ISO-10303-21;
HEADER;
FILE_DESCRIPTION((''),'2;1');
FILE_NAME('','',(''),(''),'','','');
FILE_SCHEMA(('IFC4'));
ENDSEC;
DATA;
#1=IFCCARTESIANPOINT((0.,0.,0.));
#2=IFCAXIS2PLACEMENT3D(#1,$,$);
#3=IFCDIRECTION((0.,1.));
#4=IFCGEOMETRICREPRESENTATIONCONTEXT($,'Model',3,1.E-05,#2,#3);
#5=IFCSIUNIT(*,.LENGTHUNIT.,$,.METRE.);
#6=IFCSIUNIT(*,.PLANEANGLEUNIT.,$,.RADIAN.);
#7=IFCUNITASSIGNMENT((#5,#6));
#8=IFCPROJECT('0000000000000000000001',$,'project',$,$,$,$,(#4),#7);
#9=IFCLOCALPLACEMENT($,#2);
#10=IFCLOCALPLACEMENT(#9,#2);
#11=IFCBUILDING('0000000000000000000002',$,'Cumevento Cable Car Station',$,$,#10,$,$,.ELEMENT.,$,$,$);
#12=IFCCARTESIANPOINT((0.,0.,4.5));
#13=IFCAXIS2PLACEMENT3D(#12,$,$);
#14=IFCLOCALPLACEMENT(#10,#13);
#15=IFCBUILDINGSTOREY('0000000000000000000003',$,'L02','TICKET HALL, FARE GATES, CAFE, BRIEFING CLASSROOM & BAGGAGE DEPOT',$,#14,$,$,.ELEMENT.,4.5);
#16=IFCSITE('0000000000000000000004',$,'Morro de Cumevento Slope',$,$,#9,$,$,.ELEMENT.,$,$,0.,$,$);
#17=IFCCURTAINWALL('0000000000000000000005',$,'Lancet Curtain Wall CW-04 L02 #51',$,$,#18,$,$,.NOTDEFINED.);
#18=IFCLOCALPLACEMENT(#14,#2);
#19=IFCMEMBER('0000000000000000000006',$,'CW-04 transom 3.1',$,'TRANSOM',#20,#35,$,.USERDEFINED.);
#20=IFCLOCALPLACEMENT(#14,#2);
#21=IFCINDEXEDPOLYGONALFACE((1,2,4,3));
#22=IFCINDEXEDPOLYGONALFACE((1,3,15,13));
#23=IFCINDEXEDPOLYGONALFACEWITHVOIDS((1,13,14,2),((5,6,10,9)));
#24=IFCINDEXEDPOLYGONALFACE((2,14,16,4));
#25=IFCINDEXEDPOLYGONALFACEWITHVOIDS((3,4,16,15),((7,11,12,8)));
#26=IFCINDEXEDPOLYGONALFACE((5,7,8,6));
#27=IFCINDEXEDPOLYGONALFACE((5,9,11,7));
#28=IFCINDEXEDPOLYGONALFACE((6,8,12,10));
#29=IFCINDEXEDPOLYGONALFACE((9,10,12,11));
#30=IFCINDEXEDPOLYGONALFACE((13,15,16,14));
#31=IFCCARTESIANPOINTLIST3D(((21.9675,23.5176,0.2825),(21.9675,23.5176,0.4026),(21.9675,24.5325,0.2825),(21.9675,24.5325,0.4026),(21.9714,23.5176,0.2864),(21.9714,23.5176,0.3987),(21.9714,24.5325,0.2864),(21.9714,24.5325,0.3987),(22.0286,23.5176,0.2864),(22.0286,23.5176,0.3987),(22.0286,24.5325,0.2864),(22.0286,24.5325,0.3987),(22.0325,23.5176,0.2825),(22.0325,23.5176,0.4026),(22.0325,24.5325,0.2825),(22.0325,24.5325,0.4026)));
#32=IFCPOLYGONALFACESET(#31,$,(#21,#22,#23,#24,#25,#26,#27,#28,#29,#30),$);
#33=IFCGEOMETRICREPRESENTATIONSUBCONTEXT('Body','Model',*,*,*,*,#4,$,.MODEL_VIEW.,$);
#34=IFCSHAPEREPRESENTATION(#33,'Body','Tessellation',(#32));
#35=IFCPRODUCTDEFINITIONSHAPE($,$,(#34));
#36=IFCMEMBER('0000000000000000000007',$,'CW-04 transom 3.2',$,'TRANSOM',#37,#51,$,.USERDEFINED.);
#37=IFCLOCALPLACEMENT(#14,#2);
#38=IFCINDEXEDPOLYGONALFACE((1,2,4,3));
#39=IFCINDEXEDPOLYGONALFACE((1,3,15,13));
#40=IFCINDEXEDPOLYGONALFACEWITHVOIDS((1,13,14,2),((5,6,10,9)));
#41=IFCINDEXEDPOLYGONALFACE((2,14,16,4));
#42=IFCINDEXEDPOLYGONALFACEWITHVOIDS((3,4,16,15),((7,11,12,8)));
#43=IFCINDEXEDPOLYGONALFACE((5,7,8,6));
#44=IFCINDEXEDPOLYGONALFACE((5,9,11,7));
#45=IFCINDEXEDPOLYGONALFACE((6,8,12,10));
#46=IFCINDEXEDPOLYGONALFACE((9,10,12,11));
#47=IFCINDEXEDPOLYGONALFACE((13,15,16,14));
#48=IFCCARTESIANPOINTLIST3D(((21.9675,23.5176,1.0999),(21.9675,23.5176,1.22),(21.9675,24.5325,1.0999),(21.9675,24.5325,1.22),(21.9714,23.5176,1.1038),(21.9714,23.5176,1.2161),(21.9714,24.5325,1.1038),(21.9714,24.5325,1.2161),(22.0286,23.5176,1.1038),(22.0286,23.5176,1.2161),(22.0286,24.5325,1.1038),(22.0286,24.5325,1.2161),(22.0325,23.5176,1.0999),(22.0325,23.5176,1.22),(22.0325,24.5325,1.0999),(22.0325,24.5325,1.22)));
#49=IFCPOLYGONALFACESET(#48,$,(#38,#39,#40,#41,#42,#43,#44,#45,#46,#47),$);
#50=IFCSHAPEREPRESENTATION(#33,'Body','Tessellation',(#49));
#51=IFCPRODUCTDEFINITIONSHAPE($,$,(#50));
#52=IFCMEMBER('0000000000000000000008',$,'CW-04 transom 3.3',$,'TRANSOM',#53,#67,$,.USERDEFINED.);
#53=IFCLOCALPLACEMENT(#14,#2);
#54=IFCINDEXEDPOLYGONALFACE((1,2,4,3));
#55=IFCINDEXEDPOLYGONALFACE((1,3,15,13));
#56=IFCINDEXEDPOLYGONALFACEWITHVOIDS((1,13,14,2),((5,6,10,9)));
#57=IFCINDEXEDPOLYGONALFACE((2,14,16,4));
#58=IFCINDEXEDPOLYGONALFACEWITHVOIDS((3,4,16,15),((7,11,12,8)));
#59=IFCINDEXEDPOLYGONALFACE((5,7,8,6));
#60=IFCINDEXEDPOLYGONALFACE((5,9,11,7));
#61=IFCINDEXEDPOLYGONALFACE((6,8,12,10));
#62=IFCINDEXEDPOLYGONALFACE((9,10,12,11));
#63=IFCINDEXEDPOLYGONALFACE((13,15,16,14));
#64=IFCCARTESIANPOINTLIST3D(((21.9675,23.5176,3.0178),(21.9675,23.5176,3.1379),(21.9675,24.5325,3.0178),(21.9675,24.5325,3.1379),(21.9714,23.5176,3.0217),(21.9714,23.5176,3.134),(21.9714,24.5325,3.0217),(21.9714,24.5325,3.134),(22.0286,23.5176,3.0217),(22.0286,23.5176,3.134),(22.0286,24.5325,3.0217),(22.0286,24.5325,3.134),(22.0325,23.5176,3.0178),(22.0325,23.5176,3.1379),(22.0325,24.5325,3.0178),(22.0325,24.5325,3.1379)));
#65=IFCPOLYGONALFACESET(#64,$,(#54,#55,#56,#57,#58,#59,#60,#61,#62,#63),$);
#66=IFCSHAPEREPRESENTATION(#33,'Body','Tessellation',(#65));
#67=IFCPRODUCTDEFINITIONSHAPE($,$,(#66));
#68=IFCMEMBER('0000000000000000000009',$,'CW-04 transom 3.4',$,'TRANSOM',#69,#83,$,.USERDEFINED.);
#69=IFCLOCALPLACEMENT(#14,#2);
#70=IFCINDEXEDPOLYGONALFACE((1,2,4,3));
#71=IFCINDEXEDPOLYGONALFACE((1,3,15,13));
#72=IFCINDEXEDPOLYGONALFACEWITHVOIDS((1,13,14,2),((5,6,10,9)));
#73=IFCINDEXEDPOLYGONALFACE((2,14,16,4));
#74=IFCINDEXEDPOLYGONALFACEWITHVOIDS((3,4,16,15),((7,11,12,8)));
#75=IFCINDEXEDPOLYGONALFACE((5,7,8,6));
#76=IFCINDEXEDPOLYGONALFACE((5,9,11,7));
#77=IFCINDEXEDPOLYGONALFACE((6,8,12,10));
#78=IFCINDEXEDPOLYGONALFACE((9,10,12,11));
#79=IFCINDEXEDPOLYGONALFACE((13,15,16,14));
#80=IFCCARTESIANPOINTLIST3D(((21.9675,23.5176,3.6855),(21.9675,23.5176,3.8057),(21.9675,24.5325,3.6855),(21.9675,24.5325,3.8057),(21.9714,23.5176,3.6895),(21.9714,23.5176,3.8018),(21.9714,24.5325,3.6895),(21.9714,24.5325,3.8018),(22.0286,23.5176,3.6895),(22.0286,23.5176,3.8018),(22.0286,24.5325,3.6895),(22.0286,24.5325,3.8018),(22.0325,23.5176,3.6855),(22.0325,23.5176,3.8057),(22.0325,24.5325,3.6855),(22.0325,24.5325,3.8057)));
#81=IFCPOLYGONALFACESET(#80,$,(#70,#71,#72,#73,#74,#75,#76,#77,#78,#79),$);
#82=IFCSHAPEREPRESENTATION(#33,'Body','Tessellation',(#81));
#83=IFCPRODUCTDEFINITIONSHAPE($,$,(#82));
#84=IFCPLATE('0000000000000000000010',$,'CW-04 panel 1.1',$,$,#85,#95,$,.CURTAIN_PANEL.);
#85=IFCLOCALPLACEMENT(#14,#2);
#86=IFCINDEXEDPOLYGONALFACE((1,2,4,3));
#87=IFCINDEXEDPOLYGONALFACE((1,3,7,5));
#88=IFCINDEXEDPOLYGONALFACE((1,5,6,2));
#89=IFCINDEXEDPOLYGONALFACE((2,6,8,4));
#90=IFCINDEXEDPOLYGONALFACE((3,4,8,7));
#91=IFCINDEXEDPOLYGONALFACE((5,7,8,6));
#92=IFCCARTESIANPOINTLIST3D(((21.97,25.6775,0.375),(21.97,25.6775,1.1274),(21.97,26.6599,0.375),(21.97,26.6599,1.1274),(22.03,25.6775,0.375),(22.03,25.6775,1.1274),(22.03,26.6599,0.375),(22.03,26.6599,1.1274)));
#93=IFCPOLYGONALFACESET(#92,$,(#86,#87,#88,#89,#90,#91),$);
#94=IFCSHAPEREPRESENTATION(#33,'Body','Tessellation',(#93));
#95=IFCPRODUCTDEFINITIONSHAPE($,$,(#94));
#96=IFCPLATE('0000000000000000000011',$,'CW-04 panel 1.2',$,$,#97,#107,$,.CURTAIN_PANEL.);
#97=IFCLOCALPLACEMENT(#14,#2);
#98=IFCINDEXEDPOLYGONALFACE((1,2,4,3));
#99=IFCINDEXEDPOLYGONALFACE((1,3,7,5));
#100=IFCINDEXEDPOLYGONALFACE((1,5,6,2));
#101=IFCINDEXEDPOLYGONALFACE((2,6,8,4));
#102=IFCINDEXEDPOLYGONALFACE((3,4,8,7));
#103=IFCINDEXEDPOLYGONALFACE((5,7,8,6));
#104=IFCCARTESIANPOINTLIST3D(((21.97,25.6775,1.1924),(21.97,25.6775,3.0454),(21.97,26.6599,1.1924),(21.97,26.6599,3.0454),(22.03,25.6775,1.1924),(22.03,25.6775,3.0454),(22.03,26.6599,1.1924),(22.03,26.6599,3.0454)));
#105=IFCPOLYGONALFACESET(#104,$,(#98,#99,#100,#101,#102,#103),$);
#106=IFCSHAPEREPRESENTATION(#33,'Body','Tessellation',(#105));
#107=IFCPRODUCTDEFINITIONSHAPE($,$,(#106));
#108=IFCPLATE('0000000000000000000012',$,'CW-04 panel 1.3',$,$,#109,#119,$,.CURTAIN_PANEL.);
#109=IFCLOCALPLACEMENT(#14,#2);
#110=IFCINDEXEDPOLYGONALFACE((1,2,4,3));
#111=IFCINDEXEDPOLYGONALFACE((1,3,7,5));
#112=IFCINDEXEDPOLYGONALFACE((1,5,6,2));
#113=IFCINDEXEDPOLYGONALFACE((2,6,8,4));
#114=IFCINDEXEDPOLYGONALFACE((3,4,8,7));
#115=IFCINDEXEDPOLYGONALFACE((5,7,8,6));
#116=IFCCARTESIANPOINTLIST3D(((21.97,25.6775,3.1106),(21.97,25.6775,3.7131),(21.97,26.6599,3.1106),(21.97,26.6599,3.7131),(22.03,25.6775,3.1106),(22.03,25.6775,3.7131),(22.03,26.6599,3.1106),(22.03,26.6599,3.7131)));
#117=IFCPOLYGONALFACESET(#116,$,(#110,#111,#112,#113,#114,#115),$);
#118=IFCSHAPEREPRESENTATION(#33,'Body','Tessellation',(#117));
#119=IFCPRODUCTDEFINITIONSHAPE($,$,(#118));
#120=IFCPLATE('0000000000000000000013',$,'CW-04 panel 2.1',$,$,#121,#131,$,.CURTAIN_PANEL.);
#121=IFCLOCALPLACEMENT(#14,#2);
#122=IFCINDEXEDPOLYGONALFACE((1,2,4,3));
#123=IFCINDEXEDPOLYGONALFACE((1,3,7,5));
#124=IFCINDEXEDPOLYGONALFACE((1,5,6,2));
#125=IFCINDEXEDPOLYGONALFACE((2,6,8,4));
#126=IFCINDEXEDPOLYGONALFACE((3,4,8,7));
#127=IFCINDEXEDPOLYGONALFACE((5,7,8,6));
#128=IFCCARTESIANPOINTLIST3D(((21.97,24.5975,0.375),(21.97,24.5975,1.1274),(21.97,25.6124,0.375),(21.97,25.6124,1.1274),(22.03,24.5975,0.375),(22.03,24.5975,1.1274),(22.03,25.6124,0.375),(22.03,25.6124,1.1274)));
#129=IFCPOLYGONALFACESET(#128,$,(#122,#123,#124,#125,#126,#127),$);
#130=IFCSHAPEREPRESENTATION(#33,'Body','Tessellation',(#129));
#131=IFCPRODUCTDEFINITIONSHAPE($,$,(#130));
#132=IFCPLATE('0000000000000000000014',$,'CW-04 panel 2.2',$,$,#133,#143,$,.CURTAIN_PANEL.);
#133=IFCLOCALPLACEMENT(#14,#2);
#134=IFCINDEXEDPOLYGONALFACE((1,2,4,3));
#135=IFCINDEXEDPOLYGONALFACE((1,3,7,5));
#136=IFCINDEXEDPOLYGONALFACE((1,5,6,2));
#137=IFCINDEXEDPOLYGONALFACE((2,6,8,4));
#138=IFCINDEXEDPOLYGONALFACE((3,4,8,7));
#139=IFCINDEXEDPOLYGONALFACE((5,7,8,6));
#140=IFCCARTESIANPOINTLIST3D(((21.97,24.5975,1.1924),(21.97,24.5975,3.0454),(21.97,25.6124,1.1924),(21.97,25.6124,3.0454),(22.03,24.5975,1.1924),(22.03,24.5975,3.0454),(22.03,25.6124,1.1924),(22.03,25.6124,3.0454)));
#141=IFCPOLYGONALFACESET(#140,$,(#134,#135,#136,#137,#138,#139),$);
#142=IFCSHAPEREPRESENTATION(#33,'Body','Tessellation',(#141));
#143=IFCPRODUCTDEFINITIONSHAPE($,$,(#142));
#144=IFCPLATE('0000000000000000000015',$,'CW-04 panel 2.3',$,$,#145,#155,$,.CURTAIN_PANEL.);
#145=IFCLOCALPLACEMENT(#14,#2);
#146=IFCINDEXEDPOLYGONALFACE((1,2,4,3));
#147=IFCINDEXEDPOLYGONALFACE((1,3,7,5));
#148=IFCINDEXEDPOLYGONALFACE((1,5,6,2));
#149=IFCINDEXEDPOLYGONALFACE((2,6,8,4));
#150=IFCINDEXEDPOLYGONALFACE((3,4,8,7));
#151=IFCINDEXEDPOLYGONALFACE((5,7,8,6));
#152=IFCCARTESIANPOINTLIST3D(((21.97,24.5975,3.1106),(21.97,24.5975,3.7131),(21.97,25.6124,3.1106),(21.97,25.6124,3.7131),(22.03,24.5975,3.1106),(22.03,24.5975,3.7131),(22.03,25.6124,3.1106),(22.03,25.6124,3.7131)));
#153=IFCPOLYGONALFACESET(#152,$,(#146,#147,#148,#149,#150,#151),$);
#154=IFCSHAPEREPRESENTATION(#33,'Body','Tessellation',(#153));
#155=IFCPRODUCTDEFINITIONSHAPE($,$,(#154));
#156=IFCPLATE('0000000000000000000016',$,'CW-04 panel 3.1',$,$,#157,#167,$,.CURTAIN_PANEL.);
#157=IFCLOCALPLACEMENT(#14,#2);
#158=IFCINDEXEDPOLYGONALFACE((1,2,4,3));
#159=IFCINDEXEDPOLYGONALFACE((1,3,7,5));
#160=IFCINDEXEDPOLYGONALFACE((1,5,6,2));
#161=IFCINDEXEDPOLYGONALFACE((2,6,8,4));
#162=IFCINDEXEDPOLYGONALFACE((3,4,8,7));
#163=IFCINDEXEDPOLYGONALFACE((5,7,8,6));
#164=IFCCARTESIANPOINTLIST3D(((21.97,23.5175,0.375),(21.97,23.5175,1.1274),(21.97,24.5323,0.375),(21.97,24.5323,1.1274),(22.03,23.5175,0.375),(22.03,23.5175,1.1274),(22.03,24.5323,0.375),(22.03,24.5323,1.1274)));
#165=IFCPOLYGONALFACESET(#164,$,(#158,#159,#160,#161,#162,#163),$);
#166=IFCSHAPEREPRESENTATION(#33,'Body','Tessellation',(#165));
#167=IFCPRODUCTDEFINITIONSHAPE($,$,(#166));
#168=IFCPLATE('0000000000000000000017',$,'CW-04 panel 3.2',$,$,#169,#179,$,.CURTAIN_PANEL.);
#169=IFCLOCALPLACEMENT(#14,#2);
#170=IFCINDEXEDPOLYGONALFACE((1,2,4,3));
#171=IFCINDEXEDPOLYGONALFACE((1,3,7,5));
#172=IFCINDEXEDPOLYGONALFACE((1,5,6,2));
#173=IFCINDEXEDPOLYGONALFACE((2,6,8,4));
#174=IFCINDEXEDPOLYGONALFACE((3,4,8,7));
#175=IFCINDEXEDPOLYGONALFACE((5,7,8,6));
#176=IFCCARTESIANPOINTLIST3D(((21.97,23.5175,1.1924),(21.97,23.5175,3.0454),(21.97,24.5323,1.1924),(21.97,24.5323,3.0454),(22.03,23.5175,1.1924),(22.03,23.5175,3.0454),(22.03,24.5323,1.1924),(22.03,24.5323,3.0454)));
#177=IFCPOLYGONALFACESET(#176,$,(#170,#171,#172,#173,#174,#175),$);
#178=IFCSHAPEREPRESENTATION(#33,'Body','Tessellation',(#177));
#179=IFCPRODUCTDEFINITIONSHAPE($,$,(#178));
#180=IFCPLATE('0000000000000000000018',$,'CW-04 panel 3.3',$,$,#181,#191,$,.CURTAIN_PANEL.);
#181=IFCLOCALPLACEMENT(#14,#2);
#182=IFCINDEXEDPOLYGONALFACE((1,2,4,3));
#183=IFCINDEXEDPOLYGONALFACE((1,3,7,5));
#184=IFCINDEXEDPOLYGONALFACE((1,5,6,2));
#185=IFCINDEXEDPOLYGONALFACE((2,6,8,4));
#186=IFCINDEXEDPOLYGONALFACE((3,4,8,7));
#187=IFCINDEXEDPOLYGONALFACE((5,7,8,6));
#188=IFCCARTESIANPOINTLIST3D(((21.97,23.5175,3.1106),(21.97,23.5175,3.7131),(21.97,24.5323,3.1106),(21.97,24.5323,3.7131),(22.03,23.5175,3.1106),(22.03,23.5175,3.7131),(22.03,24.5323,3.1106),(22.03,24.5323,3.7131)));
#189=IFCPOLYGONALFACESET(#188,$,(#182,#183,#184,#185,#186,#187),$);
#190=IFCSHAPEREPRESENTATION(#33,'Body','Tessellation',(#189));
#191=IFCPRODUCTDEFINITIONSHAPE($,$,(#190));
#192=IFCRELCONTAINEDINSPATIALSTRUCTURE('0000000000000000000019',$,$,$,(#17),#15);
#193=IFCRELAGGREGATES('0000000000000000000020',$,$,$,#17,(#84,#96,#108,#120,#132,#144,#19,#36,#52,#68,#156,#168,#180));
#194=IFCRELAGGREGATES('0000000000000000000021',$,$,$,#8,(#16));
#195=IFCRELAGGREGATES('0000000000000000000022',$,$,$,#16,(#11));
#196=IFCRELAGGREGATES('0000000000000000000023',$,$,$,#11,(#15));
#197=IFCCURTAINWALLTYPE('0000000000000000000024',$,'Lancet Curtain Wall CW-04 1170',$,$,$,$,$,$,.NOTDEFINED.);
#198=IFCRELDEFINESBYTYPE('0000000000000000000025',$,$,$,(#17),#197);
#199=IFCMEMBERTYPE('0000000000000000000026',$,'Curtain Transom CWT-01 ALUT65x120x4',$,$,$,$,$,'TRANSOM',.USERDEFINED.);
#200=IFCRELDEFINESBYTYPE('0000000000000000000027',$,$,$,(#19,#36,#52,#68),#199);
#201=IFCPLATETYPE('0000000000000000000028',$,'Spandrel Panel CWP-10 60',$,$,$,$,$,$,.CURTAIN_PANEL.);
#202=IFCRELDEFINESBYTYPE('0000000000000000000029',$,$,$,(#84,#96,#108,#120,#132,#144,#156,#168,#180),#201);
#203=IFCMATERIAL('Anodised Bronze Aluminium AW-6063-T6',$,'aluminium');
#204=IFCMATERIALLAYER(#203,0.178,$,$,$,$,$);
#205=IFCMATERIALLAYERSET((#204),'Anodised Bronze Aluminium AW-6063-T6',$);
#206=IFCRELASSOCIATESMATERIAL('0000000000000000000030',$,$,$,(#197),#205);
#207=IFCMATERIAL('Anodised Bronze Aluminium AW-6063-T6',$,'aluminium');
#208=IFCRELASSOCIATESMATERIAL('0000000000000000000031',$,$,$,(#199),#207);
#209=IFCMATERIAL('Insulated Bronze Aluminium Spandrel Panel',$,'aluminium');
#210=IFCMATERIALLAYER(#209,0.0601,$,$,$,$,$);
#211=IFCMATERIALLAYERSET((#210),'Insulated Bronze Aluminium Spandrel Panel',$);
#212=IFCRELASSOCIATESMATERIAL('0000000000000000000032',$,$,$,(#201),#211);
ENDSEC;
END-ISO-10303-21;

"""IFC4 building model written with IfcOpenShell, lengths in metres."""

from ifc_helpers import new_model, si_unit, direction, frame, origin, origin_2d, place, context, subcontext, project, spatial, rectangle, hollow_rectangle, extrude, material, layer, layer_set, material_profile, profile_set, type_object, element, aggregate, save


model = new_model("IFC4")

# Units and contexts
model_context = context("Model", 3, precision=1e-05, world=origin(), true_north=direction((0.0, 1.0)))
body_context = subcontext(model_context, "Body", "Model", "MODEL_VIEW")
ifc_project = project(units=[si_unit("LENGTHUNIT", "METRE"), si_unit("PLANEANGLEUNIT", "RADIAN")], contexts=[model_context])

# Site, building, storey
site_placement = place(None, origin())
site = spatial("IfcSite", under=ifc_project, at=site_placement, Name="Morro de Cumevento Slope", CompositionType="ELEMENT", RefElevation=0.0)
building_placement = place(site_placement, origin())
building = spatial("IfcBuilding", under=site, at=building_placement, Name="Cumevento Cable Car Station", CompositionType="ELEMENT")
storey_placement = place(building_placement, frame((0.0, 0.0, 4.5)))
storey = spatial("IfcBuildingStorey", under=building, at=storey_placement, Name="L02", Description="TICKET HALL, FARE GATES, CAFE, BRIEFING CLASSROOM & BAGGAGE DEPOT", CompositionType="ELEMENT", Elevation=4.5)

# Curtain wall, members, plates
ifc_material_1 = material(Name="Anodised Bronze Aluminium AW-6063-T6", Category="aluminium")
ifc_layer_1 = layer(ifc_material_1, 0.178)
ifc_layer_set_1 = layer_set([ifc_layer_1], Name="Anodised Bronze Aluminium AW-6063-T6")
curtain_wall_type = type_object("IfcCurtainWallType", Name="Lancet Curtain Wall CW-04 1170", PredefinedType="NOTDEFINED", material=ifc_layer_set_1)
curtain_wall_placement = place(storey_placement, origin())
curtain_wall = element("IfcCurtainWall", 1, at=curtain_wall_placement, inside=storey, type_object=curtain_wall_type, Name="Lancet Curtain Wall CW-04 L02 #51", PredefinedType="NOTDEFINED")
ifc_material_2 = material(Name="Anodised Bronze Aluminium AW-6063-T6", Category="aluminium")
ifc_material_profile_1 = material_profile(ifc_material_2, hollow_rectangle(XDim=0.0649, YDim=0.1201, WallThickness=0.0039, at=origin_2d()), Name="ALUT65x120x4")
ifc_profile_set_1 = profile_set([ifc_material_profile_1], Name="Anodised Bronze Aluminium AW-6063-T6")
member_type_1 = type_object("IfcMemberType", Name="Curtain Transom CWT-01 ALUT65x120x4", ElementType="TRANSOM", PredefinedType="USERDEFINED", material=ifc_profile_set_1)
member_1_placement = place(storey_placement, frame((22.0, 24.5325, 0.3425), z_axis=(0.0, -1.0, 0.0), x_axis=(1.0, 0.0, 0.0)))
member_1 = element("IfcMember", 2, at=member_1_placement, type_object=member_type_1, Name="CW-04 transom 3.1", ObjectType="TRANSOM", PredefinedType="USERDEFINED", context=body_context, shape_type="SweptSolid", body=[
    extrude(hollow_rectangle(XDim=0.0649, YDim=0.1201, WallThickness=0.0039, at=origin_2d()), origin(), (0.0, 0.0, 1.0), 1.0149),
])
member_2_placement = place(storey_placement, frame((22.0, 24.5325, 1.1599), z_axis=(0.0, -1.0, 0.0), x_axis=(1.0, 0.0, 0.0)))
member_2 = element("IfcMember", 3, at=member_2_placement, type_object=member_type_1, Name="CW-04 transom 3.2", ObjectType="TRANSOM", PredefinedType="USERDEFINED", context=body_context, shape_type="SweptSolid", body=[
    extrude(hollow_rectangle(XDim=0.0649, YDim=0.1201, WallThickness=0.0039, at=origin_2d()), origin(), (0.0, 0.0, 1.0), 1.0149),
])
member_3_placement = place(storey_placement, frame((22.0, 24.5325, 3.0779), z_axis=(0.0, -1.0, 0.0), x_axis=(1.0, 0.0, 0.0)))
member_3 = element("IfcMember", 4, at=member_3_placement, type_object=member_type_1, Name="CW-04 transom 3.3", ObjectType="TRANSOM", PredefinedType="USERDEFINED", context=body_context, shape_type="SweptSolid", body=[
    extrude(hollow_rectangle(XDim=0.0649, YDim=0.1201, WallThickness=0.0039, at=origin_2d()), origin(), (0.0, 0.0, 1.0), 1.0149),
])
member_4_placement = place(storey_placement, frame((22.0, 24.5325, 3.7456), z_axis=(0.0, -1.0, 0.0), x_axis=(1.0, 0.0, 0.0)))
member_4 = element("IfcMember", 5, at=member_4_placement, type_object=member_type_1, Name="CW-04 transom 3.4", ObjectType="TRANSOM", PredefinedType="USERDEFINED", context=body_context, shape_type="SweptSolid", body=[
    extrude(hollow_rectangle(XDim=0.0649, YDim=0.1201, WallThickness=0.0039, at=origin_2d()), origin(), (0.0, 0.0, 1.0), 1.0149),
])
ifc_material_3 = material(Name="Insulated Bronze Aluminium Spandrel Panel", Category="aluminium")
ifc_layer_2 = layer(ifc_material_3, 0.0601)
ifc_layer_set_2 = layer_set([ifc_layer_2], Name="Insulated Bronze Aluminium Spandrel Panel")
plate_type = type_object("IfcPlateType", Name="Spandrel Panel CWP-10 60", PredefinedType="CURTAIN_PANEL", material=ifc_layer_set_2)
plate_1_placement = place(storey_placement, frame((22.0, 26.1687, 0.375), z_axis=(0.0, 0.0, 1.0), x_axis=(0.0, -1.0, 0.0)))
plate_1 = element("IfcPlate", 6, at=plate_1_placement, type_object=plate_type, Name="CW-04 panel 1.1", PredefinedType="CURTAIN_PANEL", context=body_context, shape_type="SweptSolid", body=[
    extrude(rectangle(XDim=0.9824, YDim=0.0601, at=origin_2d()), origin(), (0.0, 0.0, 1.0), 0.7524),
])
plate_2_placement = place(storey_placement, frame((22.0, 26.1687, 1.1924), z_axis=(0.0, 0.0, 1.0), x_axis=(0.0, -1.0, 0.0)))
plate_2 = element("IfcPlate", 7, at=plate_2_placement, type_object=plate_type, Name="CW-04 panel 1.2", PredefinedType="CURTAIN_PANEL", context=body_context, shape_type="SweptSolid", body=[
    extrude(rectangle(XDim=0.9824, YDim=0.0601, at=origin_2d()), origin(), (0.0, 0.0, 1.0), 1.853),
])
plate_3_placement = place(storey_placement, frame((22.0, 26.1687, 3.1106), z_axis=(0.0, 0.0, 1.0), x_axis=(0.0, -1.0, 0.0)))
plate_3 = element("IfcPlate", 8, at=plate_3_placement, type_object=plate_type, Name="CW-04 panel 1.3", PredefinedType="CURTAIN_PANEL", context=body_context, shape_type="SweptSolid", body=[
    extrude(rectangle(XDim=0.9824, YDim=0.0601, at=origin_2d()), origin(), (0.0, 0.0, 1.0), 0.6025),
])
plate_4_placement = place(storey_placement, frame((22.0, 25.105, 0.375), z_axis=(0.0, 0.0, 1.0), x_axis=(0.0, -1.0, 0.0)))
plate_4 = element("IfcPlate", 9, at=plate_4_placement, type_object=plate_type, Name="CW-04 panel 2.1", PredefinedType="CURTAIN_PANEL", context=body_context, shape_type="SweptSolid", body=[
    extrude(rectangle(XDim=1.0149, YDim=0.0601, at=origin_2d()), origin(), (0.0, 0.0, 1.0), 0.7524),
])
plate_5_placement = place(storey_placement, frame((22.0, 25.105, 1.1924), z_axis=(0.0, 0.0, 1.0), x_axis=(0.0, -1.0, 0.0)))
plate_5 = element("IfcPlate", 10, at=plate_5_placement, type_object=plate_type, Name="CW-04 panel 2.2", PredefinedType="CURTAIN_PANEL", context=body_context, shape_type="SweptSolid", body=[
    extrude(rectangle(XDim=1.0149, YDim=0.0601, at=origin_2d()), origin(), (0.0, 0.0, 1.0), 1.853),
])
plate_6_placement = place(storey_placement, frame((22.0, 25.105, 3.1106), z_axis=(0.0, 0.0, 1.0), x_axis=(0.0, -1.0, 0.0)))
plate_6 = element("IfcPlate", 11, at=plate_6_placement, type_object=plate_type, Name="CW-04 panel 2.3", PredefinedType="CURTAIN_PANEL", context=body_context, shape_type="SweptSolid", body=[
    extrude(rectangle(XDim=1.0149, YDim=0.0601, at=origin_2d()), origin(), (0.0, 0.0, 1.0), 0.6025),
])
plate_7_placement = place(storey_placement, frame((22.0, 24.0249, 0.375), z_axis=(0.0, 0.0, 1.0), x_axis=(0.0, -1.0, 0.0)))
plate_7 = element("IfcPlate", 12, at=plate_7_placement, type_object=plate_type, Name="CW-04 panel 3.1", PredefinedType="CURTAIN_PANEL", context=body_context, shape_type="SweptSolid", body=[
    extrude(rectangle(XDim=1.0149, YDim=0.0601, at=origin_2d()), origin(), (0.0, 0.0, 1.0), 0.7524),
])
plate_8_placement = place(storey_placement, frame((22.0, 24.0249, 1.1924), z_axis=(0.0, 0.0, 1.0), x_axis=(0.0, -1.0, 0.0)))
plate_8 = element("IfcPlate", 13, at=plate_8_placement, type_object=plate_type, Name="CW-04 panel 3.2", PredefinedType="CURTAIN_PANEL", context=body_context, shape_type="SweptSolid", body=[
    extrude(rectangle(XDim=1.0149, YDim=0.0601, at=origin_2d()), origin(), (0.0, 0.0, 1.0), 1.853),
])
plate_9_placement = place(storey_placement, frame((22.0, 24.0249, 3.1106), z_axis=(0.0, 0.0, 1.0), x_axis=(0.0, -1.0, 0.0)))
plate_9 = element("IfcPlate", 14, at=plate_9_placement, type_object=plate_type, Name="CW-04 panel 3.3", PredefinedType="CURTAIN_PANEL", context=body_context, shape_type="SweptSolid", body=[
    extrude(rectangle(XDim=1.0149, YDim=0.0601, at=origin_2d()), origin(), (0.0, 0.0, 1.0), 0.6025),
])
aggregate(curtain_wall, [plate_1, plate_2, plate_3, plate_4, plate_5, plate_6, member_1, member_2, member_3, member_4, plate_7, plate_8, plate_9])

save(model, "model.ifc")
